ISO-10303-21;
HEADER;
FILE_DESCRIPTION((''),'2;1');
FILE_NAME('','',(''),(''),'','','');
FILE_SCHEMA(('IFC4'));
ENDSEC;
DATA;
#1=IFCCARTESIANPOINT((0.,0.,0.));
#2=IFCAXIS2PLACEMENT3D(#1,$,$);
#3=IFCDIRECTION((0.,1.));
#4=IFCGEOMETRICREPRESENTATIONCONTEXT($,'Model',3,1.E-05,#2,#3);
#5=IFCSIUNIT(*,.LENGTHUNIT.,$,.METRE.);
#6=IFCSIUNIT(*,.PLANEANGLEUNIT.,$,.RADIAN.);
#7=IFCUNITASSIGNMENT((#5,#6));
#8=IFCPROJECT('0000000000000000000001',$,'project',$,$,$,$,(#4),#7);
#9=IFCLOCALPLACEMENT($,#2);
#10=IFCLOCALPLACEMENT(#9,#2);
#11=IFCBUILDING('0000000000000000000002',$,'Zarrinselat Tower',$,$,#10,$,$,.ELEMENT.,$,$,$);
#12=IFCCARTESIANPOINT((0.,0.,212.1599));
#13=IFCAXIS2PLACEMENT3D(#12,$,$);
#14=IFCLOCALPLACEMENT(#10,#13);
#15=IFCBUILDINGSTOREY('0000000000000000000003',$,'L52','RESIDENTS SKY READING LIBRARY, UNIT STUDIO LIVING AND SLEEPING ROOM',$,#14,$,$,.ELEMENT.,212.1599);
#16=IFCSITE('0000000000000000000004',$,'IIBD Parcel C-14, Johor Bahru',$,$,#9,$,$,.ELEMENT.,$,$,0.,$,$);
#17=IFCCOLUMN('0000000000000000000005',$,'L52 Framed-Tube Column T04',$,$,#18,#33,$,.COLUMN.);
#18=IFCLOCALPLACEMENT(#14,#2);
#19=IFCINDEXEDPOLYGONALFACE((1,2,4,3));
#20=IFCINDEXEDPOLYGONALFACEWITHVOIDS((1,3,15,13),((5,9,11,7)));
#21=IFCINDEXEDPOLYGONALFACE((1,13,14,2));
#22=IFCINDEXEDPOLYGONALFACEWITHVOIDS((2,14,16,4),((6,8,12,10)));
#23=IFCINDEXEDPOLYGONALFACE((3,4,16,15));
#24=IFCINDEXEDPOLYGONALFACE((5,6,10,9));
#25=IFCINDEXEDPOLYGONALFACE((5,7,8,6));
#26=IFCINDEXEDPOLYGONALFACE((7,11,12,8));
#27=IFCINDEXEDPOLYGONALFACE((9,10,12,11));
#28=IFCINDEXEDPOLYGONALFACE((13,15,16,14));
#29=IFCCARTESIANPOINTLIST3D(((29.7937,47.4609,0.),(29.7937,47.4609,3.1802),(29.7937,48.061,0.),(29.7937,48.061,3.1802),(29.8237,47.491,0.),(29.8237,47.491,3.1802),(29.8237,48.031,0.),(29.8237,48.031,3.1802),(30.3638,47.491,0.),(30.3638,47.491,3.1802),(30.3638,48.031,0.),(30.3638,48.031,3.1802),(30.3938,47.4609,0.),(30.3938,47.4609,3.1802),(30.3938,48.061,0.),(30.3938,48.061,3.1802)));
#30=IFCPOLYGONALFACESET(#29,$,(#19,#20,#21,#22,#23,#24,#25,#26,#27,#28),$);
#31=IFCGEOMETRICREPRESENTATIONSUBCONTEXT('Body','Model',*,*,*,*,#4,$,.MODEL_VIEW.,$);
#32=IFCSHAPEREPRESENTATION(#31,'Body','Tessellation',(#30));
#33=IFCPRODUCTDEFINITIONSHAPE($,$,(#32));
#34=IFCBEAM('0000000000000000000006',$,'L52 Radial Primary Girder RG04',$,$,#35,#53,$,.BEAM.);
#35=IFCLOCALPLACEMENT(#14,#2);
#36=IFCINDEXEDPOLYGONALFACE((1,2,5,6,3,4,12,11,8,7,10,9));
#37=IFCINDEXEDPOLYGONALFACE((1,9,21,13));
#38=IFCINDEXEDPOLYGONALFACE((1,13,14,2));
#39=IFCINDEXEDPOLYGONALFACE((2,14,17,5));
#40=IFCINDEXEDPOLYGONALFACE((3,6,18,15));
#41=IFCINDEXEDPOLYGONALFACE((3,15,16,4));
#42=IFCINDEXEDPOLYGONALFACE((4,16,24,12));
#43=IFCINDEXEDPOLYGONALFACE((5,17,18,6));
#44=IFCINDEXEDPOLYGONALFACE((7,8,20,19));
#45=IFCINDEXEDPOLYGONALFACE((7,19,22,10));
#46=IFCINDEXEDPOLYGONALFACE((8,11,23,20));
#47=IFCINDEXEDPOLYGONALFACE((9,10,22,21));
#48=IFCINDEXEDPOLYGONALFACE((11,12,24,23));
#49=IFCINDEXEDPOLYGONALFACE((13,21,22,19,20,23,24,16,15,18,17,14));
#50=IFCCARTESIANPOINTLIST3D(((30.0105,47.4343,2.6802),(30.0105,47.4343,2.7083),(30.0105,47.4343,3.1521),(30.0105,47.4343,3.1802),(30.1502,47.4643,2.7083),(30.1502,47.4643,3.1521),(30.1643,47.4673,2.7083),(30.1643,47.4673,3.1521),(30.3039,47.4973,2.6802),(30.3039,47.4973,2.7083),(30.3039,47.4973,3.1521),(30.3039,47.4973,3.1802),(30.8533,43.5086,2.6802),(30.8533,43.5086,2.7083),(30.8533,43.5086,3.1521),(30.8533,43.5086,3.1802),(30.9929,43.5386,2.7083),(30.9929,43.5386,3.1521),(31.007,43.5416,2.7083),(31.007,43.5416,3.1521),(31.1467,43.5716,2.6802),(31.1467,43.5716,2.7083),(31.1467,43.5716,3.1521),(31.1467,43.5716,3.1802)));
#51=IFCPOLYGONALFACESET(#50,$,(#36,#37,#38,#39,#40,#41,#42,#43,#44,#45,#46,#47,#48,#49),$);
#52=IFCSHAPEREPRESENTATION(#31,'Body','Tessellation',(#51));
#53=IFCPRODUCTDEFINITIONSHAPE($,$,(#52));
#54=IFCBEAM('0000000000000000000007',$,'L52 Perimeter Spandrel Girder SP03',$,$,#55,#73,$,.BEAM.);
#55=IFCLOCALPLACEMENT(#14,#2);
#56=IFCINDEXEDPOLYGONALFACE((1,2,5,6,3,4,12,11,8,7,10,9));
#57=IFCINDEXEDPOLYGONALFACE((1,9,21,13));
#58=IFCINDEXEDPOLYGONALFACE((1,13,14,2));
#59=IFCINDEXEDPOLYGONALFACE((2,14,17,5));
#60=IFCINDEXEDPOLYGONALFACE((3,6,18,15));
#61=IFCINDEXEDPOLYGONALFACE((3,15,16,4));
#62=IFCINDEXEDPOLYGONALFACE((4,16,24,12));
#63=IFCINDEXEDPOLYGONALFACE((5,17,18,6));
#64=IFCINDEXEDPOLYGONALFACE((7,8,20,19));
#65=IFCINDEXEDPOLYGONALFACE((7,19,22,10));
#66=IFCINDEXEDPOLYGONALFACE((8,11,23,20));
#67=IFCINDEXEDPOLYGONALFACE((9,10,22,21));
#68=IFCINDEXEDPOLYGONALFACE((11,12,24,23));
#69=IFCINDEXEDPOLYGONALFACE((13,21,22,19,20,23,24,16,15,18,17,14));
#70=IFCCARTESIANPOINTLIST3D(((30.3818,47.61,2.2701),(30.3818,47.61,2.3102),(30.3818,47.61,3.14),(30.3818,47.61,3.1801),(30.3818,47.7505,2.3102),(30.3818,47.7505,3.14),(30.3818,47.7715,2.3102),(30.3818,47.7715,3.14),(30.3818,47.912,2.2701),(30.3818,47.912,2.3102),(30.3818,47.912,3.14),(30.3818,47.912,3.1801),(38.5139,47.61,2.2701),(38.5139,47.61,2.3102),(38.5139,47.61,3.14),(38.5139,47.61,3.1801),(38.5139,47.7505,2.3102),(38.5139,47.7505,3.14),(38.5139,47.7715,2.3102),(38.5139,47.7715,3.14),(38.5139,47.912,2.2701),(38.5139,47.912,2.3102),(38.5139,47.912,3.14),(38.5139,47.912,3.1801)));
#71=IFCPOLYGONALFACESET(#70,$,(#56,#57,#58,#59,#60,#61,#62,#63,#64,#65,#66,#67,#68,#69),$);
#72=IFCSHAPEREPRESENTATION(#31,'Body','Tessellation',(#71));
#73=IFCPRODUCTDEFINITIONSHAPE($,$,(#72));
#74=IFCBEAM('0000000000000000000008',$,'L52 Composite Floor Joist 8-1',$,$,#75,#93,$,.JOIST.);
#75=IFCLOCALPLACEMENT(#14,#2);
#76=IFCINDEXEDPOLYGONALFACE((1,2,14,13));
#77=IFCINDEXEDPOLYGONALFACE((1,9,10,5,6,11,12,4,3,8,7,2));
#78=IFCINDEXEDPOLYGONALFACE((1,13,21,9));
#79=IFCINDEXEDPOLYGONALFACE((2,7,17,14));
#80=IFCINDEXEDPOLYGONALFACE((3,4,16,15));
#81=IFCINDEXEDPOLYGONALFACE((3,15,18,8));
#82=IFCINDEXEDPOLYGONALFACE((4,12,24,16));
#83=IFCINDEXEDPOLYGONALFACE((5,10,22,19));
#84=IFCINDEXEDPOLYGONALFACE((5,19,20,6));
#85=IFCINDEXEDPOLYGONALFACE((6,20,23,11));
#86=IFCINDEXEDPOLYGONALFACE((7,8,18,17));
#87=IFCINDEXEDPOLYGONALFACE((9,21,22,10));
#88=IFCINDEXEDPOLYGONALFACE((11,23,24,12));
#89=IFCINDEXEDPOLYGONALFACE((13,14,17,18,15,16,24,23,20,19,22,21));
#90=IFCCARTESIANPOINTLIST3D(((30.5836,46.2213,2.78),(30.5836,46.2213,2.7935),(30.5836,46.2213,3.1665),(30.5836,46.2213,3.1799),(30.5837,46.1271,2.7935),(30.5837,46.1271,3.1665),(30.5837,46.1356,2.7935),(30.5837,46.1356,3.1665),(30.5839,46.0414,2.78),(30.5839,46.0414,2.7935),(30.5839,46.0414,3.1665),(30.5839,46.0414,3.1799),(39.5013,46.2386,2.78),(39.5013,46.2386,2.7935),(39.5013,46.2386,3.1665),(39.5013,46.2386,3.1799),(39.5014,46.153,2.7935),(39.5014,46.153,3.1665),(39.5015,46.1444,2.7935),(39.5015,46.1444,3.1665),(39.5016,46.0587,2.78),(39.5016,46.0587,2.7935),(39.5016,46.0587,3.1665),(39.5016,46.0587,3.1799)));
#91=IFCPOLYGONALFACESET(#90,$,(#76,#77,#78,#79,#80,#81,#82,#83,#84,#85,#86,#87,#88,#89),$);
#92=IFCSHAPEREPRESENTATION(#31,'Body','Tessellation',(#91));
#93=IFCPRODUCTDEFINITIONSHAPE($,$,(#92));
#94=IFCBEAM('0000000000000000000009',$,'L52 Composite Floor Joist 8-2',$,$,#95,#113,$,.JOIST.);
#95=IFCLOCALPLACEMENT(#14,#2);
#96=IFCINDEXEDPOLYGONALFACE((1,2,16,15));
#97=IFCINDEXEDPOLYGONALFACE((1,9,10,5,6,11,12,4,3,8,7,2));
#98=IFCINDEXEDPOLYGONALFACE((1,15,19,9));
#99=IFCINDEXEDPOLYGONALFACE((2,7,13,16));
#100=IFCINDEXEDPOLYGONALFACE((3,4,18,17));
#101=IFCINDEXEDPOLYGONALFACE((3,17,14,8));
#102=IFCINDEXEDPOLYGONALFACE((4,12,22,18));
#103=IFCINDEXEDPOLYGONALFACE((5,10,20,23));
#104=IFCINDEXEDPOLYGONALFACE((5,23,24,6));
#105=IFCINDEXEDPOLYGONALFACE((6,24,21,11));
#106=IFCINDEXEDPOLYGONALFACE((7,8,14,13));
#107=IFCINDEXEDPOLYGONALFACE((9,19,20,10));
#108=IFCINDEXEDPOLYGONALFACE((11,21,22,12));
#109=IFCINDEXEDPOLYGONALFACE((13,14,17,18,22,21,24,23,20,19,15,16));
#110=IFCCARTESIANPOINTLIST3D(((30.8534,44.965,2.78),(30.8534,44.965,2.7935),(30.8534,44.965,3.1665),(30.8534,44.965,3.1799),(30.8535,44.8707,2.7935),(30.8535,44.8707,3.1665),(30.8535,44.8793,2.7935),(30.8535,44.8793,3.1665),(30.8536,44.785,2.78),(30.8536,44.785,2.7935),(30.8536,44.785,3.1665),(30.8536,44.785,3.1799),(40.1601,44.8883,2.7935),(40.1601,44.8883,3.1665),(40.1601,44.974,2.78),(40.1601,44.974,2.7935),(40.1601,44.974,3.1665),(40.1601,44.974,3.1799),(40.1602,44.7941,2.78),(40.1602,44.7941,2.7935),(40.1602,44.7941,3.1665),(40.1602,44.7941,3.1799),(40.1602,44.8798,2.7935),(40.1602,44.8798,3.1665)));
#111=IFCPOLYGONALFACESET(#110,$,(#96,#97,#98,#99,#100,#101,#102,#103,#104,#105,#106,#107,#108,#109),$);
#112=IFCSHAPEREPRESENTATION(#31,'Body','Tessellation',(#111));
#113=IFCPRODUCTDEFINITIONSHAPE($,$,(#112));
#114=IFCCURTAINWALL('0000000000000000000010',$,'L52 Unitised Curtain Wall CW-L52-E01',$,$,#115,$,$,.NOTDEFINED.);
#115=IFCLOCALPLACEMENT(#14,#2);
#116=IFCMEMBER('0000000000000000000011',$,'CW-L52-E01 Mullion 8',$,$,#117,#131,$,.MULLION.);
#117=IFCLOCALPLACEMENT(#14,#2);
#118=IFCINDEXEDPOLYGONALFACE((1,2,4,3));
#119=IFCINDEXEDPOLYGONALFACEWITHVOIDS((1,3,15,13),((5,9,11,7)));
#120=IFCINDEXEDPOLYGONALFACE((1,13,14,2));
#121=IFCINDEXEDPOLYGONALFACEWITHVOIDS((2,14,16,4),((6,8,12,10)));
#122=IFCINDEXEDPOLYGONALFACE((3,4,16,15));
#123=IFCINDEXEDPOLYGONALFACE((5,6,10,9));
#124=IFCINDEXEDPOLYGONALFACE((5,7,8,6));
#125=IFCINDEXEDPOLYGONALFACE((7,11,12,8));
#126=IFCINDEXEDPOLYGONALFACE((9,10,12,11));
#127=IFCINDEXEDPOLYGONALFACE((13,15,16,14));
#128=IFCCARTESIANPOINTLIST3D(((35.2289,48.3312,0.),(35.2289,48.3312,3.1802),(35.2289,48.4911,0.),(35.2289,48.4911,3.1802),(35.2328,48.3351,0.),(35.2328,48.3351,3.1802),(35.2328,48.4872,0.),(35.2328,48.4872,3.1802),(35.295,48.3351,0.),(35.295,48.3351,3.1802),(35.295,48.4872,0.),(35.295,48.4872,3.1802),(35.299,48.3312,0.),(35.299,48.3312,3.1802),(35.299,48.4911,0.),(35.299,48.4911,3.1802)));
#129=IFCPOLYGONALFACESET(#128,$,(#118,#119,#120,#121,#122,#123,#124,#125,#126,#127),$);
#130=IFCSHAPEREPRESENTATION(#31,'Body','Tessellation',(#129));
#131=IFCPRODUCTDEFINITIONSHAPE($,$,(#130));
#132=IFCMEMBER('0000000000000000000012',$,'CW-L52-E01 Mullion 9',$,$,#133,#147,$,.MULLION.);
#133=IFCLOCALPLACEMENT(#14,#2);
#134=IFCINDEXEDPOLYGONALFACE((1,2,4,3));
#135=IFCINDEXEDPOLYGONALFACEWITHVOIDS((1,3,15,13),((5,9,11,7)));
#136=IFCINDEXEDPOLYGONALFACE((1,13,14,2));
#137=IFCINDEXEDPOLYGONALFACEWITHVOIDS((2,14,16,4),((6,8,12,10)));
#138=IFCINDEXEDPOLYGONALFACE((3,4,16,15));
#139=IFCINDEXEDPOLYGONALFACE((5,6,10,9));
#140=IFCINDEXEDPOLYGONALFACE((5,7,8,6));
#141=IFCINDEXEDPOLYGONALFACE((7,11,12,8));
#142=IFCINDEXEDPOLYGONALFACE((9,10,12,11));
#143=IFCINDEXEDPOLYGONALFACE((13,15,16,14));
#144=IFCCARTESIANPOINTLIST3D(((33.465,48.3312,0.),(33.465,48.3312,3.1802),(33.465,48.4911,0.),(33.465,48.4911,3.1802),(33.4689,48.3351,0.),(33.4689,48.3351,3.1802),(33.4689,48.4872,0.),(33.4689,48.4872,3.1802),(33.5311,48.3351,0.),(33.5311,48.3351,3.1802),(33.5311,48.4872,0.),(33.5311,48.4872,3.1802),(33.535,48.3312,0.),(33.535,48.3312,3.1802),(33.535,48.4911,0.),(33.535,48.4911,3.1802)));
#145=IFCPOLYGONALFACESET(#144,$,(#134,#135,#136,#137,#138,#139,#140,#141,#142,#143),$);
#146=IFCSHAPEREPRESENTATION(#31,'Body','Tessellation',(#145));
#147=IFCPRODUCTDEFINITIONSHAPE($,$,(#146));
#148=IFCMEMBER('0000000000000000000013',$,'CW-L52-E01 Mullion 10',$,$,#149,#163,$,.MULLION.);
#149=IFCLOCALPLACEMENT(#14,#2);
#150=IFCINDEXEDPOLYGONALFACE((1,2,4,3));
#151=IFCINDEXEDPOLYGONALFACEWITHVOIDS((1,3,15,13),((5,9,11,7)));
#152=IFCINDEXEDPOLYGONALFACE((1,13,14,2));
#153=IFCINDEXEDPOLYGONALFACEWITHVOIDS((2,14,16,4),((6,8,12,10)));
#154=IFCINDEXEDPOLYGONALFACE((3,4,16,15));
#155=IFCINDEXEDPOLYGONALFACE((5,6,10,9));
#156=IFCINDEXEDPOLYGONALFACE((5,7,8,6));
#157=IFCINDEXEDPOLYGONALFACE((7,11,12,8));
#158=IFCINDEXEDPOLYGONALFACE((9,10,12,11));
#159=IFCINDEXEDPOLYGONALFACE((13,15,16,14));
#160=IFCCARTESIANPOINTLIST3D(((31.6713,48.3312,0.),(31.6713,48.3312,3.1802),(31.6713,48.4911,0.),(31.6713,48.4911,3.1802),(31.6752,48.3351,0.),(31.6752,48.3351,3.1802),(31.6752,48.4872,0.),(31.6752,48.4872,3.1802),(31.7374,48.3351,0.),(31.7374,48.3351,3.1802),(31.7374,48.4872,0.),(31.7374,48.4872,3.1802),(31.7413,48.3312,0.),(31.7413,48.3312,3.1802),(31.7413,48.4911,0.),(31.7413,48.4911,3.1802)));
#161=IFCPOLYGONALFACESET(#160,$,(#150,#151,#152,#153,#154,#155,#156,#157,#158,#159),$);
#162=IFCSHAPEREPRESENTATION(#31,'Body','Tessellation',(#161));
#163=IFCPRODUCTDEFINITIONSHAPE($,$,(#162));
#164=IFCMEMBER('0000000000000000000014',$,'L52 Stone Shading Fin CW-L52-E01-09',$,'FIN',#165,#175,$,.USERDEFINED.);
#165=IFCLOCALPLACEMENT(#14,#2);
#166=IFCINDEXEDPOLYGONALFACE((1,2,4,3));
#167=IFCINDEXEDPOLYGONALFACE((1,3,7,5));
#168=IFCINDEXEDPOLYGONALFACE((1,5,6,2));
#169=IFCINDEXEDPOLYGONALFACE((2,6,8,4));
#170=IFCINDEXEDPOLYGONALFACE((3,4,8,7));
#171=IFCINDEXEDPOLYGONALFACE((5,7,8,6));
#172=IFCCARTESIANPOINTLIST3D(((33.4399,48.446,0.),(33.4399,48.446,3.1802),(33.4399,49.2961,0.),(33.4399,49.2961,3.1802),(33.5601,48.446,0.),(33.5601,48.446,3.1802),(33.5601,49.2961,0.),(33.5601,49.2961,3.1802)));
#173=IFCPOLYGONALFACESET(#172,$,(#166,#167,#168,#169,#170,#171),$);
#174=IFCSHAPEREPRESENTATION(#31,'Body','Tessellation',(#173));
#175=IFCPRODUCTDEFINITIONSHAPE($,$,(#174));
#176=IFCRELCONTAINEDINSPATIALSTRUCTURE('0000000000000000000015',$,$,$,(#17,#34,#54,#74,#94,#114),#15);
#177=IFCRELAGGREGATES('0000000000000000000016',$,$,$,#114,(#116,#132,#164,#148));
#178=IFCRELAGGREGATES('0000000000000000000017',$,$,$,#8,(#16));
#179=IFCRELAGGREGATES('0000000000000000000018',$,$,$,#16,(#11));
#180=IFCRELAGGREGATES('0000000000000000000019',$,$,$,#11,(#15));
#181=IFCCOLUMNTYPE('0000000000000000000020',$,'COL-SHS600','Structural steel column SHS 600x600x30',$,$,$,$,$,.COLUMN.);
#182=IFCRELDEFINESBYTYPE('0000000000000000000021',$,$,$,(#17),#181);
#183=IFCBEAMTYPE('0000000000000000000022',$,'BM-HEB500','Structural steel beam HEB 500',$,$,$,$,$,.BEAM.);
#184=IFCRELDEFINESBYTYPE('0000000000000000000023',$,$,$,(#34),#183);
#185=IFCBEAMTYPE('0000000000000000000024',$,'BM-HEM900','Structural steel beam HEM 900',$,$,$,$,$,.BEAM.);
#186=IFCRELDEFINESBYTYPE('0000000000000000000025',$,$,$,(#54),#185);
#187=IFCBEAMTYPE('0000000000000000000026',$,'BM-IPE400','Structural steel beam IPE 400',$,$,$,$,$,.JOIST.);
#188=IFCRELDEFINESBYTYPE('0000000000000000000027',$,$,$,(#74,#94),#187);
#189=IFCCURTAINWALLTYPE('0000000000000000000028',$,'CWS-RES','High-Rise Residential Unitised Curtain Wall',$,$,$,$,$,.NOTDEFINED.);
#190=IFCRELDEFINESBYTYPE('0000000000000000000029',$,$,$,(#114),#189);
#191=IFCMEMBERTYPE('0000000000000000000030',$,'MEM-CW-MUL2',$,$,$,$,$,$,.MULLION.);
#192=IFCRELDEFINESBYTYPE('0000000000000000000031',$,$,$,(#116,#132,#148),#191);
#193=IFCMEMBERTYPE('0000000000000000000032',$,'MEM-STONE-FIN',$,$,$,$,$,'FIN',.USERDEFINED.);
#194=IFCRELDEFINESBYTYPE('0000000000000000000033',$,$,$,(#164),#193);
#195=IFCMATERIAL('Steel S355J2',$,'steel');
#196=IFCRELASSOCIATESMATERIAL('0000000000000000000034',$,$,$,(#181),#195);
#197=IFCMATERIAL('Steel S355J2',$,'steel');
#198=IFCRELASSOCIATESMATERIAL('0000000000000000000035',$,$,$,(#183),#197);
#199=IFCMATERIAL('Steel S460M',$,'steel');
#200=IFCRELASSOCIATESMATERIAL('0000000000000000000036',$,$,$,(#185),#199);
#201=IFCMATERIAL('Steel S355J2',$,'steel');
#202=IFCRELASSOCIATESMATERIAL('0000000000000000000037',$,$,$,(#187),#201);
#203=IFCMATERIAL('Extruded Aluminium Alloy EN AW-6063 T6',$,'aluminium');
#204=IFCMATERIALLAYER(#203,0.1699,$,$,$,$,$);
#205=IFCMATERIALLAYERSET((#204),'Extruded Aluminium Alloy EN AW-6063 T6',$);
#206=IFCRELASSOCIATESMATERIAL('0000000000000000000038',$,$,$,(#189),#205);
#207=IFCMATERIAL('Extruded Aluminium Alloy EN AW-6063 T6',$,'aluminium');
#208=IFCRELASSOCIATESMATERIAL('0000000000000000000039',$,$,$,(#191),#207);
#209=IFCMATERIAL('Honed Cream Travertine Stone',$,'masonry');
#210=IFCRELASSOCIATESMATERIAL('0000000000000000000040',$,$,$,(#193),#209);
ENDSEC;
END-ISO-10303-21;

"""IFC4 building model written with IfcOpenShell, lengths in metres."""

from ifc_helpers import new_model, si_unit, direction, frame, origin, origin_2d, place, context, subcontext, project, spatial, rectangle, hollow_rectangle, i_section, extrude, material, layer, layer_set, material_profile, profile_set, type_object, element, aggregate, save


model = new_model("IFC4")

# Units and contexts
model_context = context("Model", 3, precision=1e-05, world=origin(), true_north=direction((0.0, 1.0)))
body_context = subcontext(model_context, "Body", "Model", "MODEL_VIEW")
ifc_project = project(units=[si_unit("LENGTHUNIT", "METRE"), si_unit("PLANEANGLEUNIT", "RADIAN")], contexts=[model_context])

# Site, building, storey
site_placement = place(None, origin())
site = spatial("IfcSite", under=ifc_project, at=site_placement, Name="IIBD Parcel C-14, Johor Bahru", CompositionType="ELEMENT", RefElevation=0.0)
building_placement = place(site_placement, origin())
building = spatial("IfcBuilding", under=site, at=building_placement, Name="Zarrinselat Tower", CompositionType="ELEMENT")
storey_placement = place(building_placement, frame((0.0, 0.0, 212.1599)))
storey = spatial("IfcBuildingStorey", under=building, at=storey_placement, Name="L52", Description="RESIDENTS SKY READING LIBRARY, UNIT STUDIO LIVING AND SLEEPING ROOM", CompositionType="ELEMENT", Elevation=212.1599)

# Column
ifc_material_1 = material(Name="Steel S355J2", Category="steel")
ifc_material_profile_1 = material_profile(ifc_material_1, hollow_rectangle(XDim=0.6001, YDim=0.6001, WallThickness=0.03, at=origin_2d()), Name="SHS 600x600x30")
ifc_profile_set_1 = profile_set([ifc_material_profile_1], Name="Steel S355J2")
column_type = type_object("IfcColumnType", Name="COL-SHS600", Description="Structural steel column SHS 600x600x30", PredefinedType="COLUMN", material=ifc_profile_set_1)
column_placement = place(storey_placement, frame((30.0938, 47.761, 0.0), z_axis=(0.0, 0.0, 1.0), x_axis=(1.0, 0.0, 0.0)))
element("IfcColumn", 1, at=column_placement, inside=storey, type_object=column_type, Name="L52 Framed-Tube Column T04", PredefinedType="COLUMN", context=body_context, shape_type="SweptSolid", body=[
    extrude(hollow_rectangle(XDim=0.6001, YDim=0.6001, WallThickness=0.03, at=origin_2d()), origin(), (0.0, 0.0, 1.0), 3.1802),
])

# Beams
ifc_material_2 = material(Name="Steel S355J2", Category="steel")
ifc_material_profile_2 = material_profile(ifc_material_2, i_section(OverallWidth=0.3, OverallDepth=0.5, WebThickness=0.0144, FlangeThickness=0.0281, at=origin_2d()), Name="HEB 500")
ifc_profile_set_2 = profile_set([ifc_material_profile_2], Name="Steel S355J2")
beam_type_1 = type_object("IfcBeamType", Name="BM-HEB500", Description="Structural steel beam HEB 500", PredefinedType="BEAM", material=ifc_profile_set_2)
beam_1_placement = place(storey_placement, frame((30.1572, 47.4658, 2.9302), z_axis=(0.209894, -0.977724, 0.0), x_axis=(0.977724, 0.209894, 0.0)))
element("IfcBeam", 2, at=beam_1_placement, inside=storey, type_object=beam_type_1, Name="L52 Radial Primary Girder RG04", PredefinedType="BEAM", context=body_context, shape_type="SweptSolid", body=[
    extrude(i_section(OverallWidth=0.3, OverallDepth=0.5, WebThickness=0.0144, FlangeThickness=0.0281, at=origin_2d()), origin(), (0.0, 0.0, 1.0), 4.0151),
])
ifc_material_3 = material(Name="Steel S460M", Category="steel")
ifc_material_profile_3 = material_profile(ifc_material_3, i_section(OverallWidth=0.302, OverallDepth=0.9099, WebThickness=0.021, FlangeThickness=0.04, at=origin_2d()), Name="HEM 900")
ifc_profile_set_3 = profile_set([ifc_material_profile_3], Name="Steel S460M")
beam_type_2 = type_object("IfcBeamType", Name="BM-HEM900", Description="Structural steel beam HEM 900", PredefinedType="BEAM", material=ifc_profile_set_3)
beam_2_placement = place(storey_placement, frame((30.3818, 47.761, 2.7251), z_axis=(1.0, 0.0, 0.0), x_axis=(0.0, 1.0, 0.0)))
element("IfcBeam", 3, at=beam_2_placement, inside=storey, type_object=beam_type_2, Name="L52 Perimeter Spandrel Girder SP03", PredefinedType="BEAM", context=body_context, shape_type="SweptSolid", body=[
    extrude(i_section(OverallWidth=0.302, OverallDepth=0.9099, WebThickness=0.021, FlangeThickness=0.04, at=origin_2d()), origin(), (0.0, 0.0, 1.0), 8.1321),
])
ifc_material_4 = material(Name="Steel S355J2", Category="steel")
ifc_material_profile_4 = material_profile(ifc_material_4, i_section(OverallWidth=0.1799, OverallDepth=0.3999, WebThickness=0.0085, FlangeThickness=0.0134, at=origin_2d()), Name="IPE 400")
ifc_profile_set_4 = profile_set([ifc_material_profile_4], Name="Steel S355J2")
beam_type_3 = type_object("IfcBeamType", Name="BM-IPE400", Description="Structural steel beam IPE 400", PredefinedType="JOIST", material=ifc_profile_set_4)
beam_3_placement = place(storey_placement, frame((30.5837, 46.1313, 2.98), z_axis=(0.999998, 0.001944, 0.0), x_axis=(-0.001944, 0.999998, 0.0)))
element("IfcBeam", 4, at=beam_3_placement, inside=storey, type_object=beam_type_3, Name="L52 Composite Floor Joist 8-1", PredefinedType="JOIST", context=body_context, shape_type="SweptSolid", body=[
    extrude(i_section(OverallWidth=0.1799, OverallDepth=0.3999, WebThickness=0.0085, FlangeThickness=0.0134, at=origin_2d()), origin(), (0.0, 0.0, 1.0), 8.9177),
])
beam_4_placement = place(storey_placement, frame((30.8535, 44.875, 2.98), z_axis=(1.0, 0.000971, 0.0), x_axis=(-0.000971, 1.0, 0.0)))
element("IfcBeam", 5, at=beam_4_placement, inside=storey, type_object=beam_type_3, Name="L52 Composite Floor Joist 8-2", PredefinedType="JOIST", context=body_context, shape_type="SweptSolid", body=[
    extrude(i_section(OverallWidth=0.1799, OverallDepth=0.3999, WebThickness=0.0085, FlangeThickness=0.0134, at=origin_2d()), origin(), (0.0, 0.0, 1.0), 9.3066),
])

# Curtain wall, members
ifc_material_5 = material(Name="Extruded Aluminium Alloy EN AW-6063 T6", Category="aluminium")
ifc_layer_1 = layer(ifc_material_5, 0.1699)
ifc_layer_set_1 = layer_set([ifc_layer_1], Name="Extruded Aluminium Alloy EN AW-6063 T6")
curtain_wall_type = type_object("IfcCurtainWallType", Name="CWS-RES", Description="High-Rise Residential Unitised Curtain Wall", PredefinedType="NOTDEFINED", material=ifc_layer_set_1)
curtain_wall_placement = place(storey_placement, origin())
curtain_wall = element("IfcCurtainWall", 6, at=curtain_wall_placement, inside=storey, type_object=curtain_wall_type, Name="L52 Unitised Curtain Wall CW-L52-E01", PredefinedType="NOTDEFINED")
ifc_material_6 = material(Name="Extruded Aluminium Alloy EN AW-6063 T6", Category="aluminium")
ifc_material_profile_5 = material_profile(ifc_material_6, hollow_rectangle(XDim=0.0701, YDim=0.1599, WallThickness=0.0039, at=origin_2d()), Name="RHS 160x70x4")
ifc_profile_set_5 = profile_set([ifc_material_profile_5], Name="Extruded Aluminium Alloy EN AW-6063 T6")
member_type_1 = type_object("IfcMemberType", Name="MEM-CW-MUL2", PredefinedType="MULLION", material=ifc_profile_set_5)
member_1_placement = place(storey_placement, frame((35.2639, 48.4111, 0.0), z_axis=(0.0, 0.0, 1.0), x_axis=(-1.0, 0.0, 0.0)))
member_1 = element("IfcMember", 7, at=member_1_placement, type_object=member_type_1, Name="CW-L52-E01 Mullion 8", PredefinedType="MULLION", context=body_context, shape_type="SweptSolid", body=[
    extrude(hollow_rectangle(XDim=0.0701, YDim=0.1599, WallThickness=0.0039, at=origin_2d()), origin(), (0.0, 0.0, 1.0), 3.1802),
])
member_2_placement = place(storey_placement, frame((33.5, 48.4111, 0.0), z_axis=(0.0, 0.0, 1.0), x_axis=(-1.0, 0.0, 0.0)))
member_2 = element("IfcMember", 8, at=member_2_placement, type_object=member_type_1, Name="CW-L52-E01 Mullion 9", PredefinedType="MULLION", context=body_context, shape_type="SweptSolid", body=[
    extrude(hollow_rectangle(XDim=0.0701, YDim=0.1599, WallThickness=0.0039, at=origin_2d()), origin(), (0.0, 0.0, 1.0), 3.1802),
])
member_3_placement = place(storey_placement, frame((31.7063, 48.4111, 0.0), z_axis=(0.0, 0.0, 1.0), x_axis=(-1.0, 0.0, 0.0)))
member_3 = element("IfcMember", 9, at=member_3_placement, type_object=member_type_1, Name="CW-L52-E01 Mullion 10", PredefinedType="MULLION", context=body_context, shape_type="SweptSolid", body=[
    extrude(hollow_rectangle(XDim=0.0701, YDim=0.1599, WallThickness=0.0039, at=origin_2d()), origin(), (0.0, 0.0, 1.0), 3.1802),
])
ifc_material_7 = material(Name="Honed Cream Travertine Stone", Category="masonry")
ifc_material_profile_6 = material_profile(ifc_material_7, rectangle(XDim=0.1201, YDim=0.8501, at=origin_2d()), Name="FIN 850x120")
ifc_profile_set_6 = profile_set([ifc_material_profile_6], Name="Honed Cream Travertine Stone")
member_type_2 = type_object("IfcMemberType", Name="MEM-STONE-FIN", ElementType="FIN", PredefinedType="USERDEFINED", material=ifc_profile_set_6)
member_4_placement = place(storey_placement, frame((33.5, 48.8711, 0.0), z_axis=(0.0, 0.0, 1.0), x_axis=(1.0, 0.0, 0.0)))
member_4 = element("IfcMember", 10, at=member_4_placement, type_object=member_type_2, Name="L52 Stone Shading Fin CW-L52-E01-09", ObjectType="FIN", PredefinedType="USERDEFINED", context=body_context, shape_type="SweptSolid", body=[
    extrude(rectangle(XDim=0.1201, YDim=0.8501, at=origin_2d()), origin(), (0.0, 0.0, 1.0), 3.1802),
])
aggregate(curtain_wall, [member_1, member_2, member_4, member_3])

save(model, "model.ifc")
